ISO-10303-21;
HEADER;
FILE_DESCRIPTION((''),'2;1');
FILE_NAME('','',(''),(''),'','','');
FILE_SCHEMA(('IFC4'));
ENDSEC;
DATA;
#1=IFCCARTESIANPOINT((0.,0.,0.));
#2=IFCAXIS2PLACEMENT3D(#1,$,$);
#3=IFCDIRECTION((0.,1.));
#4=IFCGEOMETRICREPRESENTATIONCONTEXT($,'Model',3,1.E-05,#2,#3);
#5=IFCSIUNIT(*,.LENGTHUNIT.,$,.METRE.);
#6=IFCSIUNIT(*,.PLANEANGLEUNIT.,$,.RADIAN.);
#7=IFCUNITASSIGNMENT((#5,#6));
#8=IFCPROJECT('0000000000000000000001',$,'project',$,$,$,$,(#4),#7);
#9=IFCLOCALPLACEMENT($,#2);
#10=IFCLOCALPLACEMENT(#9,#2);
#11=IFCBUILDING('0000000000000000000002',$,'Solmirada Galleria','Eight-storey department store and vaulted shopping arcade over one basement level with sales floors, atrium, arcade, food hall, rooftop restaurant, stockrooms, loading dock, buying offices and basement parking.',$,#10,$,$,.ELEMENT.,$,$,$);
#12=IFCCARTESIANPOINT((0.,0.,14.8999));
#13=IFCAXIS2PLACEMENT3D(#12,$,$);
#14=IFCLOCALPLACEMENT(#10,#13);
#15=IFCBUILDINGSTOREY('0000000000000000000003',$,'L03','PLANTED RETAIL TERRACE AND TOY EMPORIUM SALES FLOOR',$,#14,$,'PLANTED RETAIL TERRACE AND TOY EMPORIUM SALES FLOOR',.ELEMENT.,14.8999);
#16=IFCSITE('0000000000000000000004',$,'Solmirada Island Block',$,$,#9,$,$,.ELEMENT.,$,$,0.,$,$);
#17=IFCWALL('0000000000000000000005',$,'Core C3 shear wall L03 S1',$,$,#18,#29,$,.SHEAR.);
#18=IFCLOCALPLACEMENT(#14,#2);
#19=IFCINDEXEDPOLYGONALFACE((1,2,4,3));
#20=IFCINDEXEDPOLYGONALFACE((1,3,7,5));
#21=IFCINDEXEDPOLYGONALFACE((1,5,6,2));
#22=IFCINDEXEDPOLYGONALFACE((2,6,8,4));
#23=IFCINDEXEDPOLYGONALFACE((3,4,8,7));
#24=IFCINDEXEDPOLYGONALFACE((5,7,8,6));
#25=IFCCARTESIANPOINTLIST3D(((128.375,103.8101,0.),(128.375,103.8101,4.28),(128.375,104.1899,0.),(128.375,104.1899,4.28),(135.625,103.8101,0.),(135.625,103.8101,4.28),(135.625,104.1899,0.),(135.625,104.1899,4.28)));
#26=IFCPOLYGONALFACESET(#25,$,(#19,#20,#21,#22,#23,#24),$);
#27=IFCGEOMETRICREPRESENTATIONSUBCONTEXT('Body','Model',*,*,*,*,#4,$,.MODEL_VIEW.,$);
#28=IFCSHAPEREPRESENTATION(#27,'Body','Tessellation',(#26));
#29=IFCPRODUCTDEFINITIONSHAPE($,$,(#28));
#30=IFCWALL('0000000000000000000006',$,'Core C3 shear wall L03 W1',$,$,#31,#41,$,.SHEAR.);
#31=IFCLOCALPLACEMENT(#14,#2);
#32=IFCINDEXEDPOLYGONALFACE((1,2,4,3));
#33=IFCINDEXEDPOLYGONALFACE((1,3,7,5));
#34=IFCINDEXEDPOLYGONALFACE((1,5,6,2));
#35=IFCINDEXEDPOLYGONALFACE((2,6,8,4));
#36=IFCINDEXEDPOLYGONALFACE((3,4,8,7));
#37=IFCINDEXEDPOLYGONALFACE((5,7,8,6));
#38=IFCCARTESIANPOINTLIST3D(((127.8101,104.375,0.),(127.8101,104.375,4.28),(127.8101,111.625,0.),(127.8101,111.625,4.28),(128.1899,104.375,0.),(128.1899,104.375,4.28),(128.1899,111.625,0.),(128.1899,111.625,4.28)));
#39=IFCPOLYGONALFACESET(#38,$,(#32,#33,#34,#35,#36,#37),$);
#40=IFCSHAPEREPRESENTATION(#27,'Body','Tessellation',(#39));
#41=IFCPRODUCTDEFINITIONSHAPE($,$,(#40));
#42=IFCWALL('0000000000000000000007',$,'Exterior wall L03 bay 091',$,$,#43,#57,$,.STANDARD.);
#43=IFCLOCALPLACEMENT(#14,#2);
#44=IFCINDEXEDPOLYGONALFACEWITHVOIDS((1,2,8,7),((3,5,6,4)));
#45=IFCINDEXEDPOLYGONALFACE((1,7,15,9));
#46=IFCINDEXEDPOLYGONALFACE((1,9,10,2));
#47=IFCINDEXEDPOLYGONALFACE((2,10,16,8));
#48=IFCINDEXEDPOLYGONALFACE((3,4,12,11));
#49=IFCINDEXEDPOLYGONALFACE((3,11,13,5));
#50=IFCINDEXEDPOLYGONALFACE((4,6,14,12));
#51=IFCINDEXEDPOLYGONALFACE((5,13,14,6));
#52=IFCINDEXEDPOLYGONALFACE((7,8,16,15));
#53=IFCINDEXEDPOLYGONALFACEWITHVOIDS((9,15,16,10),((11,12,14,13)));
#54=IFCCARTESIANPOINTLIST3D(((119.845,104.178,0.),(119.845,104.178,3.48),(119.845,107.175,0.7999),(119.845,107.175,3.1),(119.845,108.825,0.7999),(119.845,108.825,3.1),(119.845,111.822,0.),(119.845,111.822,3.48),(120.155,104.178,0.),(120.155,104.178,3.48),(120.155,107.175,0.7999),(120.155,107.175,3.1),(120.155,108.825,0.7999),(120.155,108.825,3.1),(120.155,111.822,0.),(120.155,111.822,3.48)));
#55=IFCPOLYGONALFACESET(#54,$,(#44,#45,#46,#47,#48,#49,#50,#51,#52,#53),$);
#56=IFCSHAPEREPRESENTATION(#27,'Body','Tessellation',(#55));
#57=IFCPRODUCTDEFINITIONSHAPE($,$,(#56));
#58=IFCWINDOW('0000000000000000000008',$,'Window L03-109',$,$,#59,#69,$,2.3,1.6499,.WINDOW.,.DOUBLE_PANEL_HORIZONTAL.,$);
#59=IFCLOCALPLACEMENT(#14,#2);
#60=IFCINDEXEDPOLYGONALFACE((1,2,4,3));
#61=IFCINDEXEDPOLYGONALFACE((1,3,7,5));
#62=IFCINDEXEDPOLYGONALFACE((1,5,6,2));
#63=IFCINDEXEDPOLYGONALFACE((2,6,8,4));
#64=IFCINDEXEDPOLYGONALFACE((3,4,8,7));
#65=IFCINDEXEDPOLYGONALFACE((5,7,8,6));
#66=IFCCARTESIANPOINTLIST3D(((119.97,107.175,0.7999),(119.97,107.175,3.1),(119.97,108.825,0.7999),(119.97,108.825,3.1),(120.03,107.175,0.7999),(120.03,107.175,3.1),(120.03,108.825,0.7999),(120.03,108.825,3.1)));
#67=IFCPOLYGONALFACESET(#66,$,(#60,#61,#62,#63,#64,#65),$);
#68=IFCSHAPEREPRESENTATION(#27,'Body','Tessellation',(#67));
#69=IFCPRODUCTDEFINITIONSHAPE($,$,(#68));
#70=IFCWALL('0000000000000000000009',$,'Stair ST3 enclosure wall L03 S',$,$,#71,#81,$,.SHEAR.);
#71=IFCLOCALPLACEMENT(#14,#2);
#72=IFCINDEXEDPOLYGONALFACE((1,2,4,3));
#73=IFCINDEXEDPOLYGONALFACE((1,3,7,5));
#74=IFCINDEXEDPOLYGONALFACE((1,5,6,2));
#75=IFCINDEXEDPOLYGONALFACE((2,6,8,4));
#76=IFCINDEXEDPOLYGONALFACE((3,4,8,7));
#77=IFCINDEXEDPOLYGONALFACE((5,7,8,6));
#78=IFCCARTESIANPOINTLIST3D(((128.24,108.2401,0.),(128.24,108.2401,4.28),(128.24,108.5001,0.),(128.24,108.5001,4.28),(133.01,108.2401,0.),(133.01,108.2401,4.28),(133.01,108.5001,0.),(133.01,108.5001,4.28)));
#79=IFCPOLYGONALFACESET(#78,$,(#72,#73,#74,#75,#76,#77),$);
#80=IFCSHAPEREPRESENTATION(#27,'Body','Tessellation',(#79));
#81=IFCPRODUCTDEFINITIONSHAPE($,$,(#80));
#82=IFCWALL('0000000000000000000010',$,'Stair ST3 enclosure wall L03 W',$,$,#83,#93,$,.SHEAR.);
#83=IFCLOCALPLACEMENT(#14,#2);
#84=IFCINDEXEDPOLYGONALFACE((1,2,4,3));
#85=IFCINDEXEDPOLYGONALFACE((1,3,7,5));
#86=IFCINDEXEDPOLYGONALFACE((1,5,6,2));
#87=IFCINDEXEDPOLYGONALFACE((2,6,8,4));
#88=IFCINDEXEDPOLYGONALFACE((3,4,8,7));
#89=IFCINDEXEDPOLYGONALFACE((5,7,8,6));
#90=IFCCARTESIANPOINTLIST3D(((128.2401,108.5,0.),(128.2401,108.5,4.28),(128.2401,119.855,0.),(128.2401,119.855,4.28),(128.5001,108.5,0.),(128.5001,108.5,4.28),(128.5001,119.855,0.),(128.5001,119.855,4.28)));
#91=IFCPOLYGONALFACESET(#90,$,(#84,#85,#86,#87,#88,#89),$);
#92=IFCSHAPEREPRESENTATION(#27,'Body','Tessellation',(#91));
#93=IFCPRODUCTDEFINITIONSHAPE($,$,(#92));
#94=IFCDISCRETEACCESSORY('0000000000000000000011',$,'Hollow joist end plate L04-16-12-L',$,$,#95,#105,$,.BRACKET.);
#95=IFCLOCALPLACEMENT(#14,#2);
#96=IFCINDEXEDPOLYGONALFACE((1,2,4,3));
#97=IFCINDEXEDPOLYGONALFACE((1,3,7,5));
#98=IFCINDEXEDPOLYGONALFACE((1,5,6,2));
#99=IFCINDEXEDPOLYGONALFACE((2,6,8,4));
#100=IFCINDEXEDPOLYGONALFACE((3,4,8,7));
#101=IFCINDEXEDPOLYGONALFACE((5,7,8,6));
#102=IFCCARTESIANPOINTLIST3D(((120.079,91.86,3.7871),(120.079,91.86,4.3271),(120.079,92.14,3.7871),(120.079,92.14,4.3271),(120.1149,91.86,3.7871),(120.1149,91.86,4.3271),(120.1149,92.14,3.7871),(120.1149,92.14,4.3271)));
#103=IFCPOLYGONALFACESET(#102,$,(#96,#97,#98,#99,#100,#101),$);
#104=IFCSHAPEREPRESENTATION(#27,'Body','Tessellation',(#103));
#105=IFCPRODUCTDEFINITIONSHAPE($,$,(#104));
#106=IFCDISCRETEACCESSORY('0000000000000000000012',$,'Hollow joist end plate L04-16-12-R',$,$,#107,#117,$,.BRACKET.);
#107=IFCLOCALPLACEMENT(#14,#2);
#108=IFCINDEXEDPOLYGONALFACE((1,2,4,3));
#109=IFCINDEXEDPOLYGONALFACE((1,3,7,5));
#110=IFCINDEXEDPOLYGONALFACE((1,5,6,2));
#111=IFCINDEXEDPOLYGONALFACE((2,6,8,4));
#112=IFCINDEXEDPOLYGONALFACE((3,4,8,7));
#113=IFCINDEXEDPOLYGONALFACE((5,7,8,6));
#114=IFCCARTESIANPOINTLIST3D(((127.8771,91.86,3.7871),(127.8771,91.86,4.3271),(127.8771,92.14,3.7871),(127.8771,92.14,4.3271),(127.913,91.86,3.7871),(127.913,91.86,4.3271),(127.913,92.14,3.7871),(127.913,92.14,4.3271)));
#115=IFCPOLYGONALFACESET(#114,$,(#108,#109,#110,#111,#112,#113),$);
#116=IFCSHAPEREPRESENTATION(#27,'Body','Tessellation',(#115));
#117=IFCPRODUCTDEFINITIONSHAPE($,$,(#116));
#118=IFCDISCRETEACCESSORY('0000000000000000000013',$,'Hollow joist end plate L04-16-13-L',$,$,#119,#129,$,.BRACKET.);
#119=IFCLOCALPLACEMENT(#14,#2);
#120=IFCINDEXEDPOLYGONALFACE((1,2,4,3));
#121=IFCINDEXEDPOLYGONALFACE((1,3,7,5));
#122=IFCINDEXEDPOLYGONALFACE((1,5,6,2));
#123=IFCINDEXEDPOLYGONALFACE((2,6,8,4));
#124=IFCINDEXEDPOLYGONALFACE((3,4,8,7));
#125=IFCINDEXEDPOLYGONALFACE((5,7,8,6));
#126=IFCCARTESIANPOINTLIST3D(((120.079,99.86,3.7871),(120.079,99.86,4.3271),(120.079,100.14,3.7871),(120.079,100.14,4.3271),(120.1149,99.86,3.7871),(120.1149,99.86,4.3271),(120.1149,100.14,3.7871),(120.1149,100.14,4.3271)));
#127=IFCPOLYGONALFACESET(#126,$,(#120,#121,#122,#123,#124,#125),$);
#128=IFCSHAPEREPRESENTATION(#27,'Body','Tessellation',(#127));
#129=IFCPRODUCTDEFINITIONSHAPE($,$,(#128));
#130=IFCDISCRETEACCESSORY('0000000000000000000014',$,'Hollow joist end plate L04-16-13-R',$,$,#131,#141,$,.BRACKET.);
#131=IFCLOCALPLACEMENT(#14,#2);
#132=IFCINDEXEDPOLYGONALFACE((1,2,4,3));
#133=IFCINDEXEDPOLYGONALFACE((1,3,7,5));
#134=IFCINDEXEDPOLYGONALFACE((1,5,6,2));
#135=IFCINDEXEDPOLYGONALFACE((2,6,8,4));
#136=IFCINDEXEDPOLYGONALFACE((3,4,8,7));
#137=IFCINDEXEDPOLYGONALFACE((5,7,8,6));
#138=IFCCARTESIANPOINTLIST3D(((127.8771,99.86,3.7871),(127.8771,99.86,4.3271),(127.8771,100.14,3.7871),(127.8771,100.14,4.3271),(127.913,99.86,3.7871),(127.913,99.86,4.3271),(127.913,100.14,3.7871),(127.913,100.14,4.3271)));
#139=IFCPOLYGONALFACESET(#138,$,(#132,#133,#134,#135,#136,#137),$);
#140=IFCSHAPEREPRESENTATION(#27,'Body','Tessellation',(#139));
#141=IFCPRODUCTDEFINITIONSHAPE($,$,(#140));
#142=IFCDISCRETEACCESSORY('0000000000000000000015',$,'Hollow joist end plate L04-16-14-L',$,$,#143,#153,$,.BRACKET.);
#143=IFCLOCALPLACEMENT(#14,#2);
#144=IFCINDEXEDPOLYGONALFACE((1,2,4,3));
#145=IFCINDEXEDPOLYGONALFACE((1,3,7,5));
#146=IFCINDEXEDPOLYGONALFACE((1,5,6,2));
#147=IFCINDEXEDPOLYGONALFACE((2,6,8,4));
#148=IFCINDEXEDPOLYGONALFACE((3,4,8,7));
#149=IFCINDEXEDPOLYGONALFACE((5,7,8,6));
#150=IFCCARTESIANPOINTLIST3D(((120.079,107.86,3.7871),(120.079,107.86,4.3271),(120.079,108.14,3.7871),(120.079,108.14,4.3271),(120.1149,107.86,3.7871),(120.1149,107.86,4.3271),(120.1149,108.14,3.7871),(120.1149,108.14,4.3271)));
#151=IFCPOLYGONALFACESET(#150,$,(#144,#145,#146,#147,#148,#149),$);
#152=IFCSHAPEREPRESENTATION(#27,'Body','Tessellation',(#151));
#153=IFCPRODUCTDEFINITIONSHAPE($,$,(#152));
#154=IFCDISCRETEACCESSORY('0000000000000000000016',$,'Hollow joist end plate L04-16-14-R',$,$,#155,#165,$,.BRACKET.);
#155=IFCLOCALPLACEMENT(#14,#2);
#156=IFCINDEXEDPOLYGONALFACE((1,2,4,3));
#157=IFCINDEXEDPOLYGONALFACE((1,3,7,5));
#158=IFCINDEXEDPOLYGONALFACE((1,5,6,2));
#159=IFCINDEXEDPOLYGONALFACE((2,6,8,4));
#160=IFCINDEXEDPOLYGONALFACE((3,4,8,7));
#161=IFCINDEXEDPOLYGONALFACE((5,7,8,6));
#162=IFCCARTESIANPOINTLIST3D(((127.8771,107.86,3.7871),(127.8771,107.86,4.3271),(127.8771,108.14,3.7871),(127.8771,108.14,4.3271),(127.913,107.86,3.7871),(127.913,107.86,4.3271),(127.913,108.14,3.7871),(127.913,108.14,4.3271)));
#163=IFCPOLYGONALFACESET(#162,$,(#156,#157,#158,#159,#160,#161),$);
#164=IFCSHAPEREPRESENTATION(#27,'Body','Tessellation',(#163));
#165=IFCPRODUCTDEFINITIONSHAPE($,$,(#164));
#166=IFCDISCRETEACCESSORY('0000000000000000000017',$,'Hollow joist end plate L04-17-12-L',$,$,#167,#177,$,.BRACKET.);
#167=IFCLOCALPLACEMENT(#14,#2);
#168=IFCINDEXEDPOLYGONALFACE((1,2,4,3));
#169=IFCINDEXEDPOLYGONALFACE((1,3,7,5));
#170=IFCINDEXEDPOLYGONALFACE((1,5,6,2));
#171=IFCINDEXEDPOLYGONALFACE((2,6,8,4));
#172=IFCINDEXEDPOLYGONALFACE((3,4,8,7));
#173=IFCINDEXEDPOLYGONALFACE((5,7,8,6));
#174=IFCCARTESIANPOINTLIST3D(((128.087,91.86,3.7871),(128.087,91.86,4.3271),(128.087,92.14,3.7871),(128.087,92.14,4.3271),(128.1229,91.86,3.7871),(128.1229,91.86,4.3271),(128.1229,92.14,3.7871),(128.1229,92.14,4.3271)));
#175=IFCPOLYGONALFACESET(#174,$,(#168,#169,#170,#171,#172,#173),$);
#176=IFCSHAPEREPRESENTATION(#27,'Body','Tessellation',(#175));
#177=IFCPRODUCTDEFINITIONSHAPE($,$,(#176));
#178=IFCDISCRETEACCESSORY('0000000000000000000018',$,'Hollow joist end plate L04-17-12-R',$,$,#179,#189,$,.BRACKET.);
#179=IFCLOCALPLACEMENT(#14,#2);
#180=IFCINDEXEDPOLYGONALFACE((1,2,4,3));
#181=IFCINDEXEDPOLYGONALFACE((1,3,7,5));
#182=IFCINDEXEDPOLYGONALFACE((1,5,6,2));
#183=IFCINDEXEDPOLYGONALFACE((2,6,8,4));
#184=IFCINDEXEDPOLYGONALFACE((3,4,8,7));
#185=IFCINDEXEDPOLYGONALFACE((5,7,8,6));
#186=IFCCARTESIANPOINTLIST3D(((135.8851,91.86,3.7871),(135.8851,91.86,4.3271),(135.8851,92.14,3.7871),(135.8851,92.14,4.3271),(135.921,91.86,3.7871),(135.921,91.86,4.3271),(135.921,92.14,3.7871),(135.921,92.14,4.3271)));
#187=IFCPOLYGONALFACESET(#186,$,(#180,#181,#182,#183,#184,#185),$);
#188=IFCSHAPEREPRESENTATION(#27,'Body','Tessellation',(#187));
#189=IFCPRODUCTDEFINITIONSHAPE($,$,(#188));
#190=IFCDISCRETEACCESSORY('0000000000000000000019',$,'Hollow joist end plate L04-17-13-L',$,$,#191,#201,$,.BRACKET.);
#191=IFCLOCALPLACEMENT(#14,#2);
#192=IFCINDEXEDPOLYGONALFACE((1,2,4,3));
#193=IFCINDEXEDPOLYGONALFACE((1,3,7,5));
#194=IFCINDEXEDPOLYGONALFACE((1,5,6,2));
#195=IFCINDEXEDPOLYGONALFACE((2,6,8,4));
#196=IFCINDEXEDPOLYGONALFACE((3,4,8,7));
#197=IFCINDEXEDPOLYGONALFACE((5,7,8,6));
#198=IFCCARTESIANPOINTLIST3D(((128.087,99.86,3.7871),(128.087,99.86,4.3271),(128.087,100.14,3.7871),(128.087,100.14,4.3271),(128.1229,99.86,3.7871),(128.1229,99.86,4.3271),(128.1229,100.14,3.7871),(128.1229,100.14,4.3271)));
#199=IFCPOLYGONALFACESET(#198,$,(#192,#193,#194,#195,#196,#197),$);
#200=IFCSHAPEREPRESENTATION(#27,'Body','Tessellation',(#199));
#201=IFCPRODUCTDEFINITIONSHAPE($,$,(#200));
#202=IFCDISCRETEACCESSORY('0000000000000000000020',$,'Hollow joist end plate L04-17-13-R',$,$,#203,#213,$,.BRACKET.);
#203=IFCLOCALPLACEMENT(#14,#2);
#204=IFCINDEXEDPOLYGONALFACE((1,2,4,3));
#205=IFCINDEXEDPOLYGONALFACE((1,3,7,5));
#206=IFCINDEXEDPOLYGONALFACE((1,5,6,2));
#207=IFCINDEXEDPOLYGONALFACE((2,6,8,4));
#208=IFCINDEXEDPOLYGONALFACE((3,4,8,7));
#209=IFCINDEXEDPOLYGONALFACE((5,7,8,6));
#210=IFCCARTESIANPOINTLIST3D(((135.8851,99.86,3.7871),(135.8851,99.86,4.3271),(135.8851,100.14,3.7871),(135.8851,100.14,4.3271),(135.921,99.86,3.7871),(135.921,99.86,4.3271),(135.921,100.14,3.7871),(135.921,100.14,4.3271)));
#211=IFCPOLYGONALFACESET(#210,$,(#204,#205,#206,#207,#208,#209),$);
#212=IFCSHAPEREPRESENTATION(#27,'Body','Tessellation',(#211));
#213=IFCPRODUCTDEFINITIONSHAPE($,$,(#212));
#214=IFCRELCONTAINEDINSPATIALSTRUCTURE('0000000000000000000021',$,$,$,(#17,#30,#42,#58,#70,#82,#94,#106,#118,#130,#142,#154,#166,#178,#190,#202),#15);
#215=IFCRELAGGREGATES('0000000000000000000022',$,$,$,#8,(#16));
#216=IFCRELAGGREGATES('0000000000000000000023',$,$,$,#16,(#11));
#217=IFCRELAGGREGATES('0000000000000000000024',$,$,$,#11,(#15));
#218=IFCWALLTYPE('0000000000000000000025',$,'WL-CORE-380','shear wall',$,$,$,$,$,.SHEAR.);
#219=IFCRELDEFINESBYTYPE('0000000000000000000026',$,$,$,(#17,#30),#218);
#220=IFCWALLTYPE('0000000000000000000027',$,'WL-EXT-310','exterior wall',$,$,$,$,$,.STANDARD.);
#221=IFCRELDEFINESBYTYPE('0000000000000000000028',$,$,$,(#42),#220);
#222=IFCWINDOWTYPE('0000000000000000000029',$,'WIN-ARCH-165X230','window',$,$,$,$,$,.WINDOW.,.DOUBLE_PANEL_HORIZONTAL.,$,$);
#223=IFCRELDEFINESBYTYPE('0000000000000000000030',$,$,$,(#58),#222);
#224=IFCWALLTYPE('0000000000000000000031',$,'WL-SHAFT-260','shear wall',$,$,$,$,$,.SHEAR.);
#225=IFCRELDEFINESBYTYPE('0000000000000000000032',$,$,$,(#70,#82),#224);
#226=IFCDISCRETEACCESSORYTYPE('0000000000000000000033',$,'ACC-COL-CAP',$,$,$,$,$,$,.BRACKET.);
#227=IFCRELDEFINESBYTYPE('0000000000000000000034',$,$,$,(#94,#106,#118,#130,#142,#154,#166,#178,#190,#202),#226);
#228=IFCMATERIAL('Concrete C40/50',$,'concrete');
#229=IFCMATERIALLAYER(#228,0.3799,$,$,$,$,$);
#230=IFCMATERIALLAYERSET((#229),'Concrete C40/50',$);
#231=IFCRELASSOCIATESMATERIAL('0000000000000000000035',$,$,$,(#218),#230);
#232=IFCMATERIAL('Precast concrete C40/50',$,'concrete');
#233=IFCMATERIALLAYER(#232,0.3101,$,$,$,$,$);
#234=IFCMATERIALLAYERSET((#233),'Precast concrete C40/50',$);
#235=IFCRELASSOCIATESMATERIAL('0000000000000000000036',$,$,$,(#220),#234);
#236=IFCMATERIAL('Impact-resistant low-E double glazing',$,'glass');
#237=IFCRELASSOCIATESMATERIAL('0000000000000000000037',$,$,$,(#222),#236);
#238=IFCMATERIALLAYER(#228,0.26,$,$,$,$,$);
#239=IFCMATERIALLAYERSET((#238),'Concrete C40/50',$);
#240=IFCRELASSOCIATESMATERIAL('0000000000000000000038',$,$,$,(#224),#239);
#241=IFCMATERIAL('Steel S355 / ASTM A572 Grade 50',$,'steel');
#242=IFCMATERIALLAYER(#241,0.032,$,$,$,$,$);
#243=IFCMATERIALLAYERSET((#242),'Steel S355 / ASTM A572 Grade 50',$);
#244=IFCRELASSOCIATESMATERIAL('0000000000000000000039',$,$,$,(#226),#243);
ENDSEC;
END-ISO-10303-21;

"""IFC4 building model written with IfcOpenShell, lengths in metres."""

from ifc_helpers import new_model, si_unit, direction, frame, frame_2d, origin, origin_2d, place, context, subcontext, project, spatial, rectangle, extrude, material, layer, layer_set, type_object, element, fill, save


model = new_model("IFC4")

# Units and contexts
model_context = context("Model", 3, precision=1e-05, world=origin(), true_north=direction((0.0, 1.0)))
body_context = subcontext(model_context, "Body", "Model", "MODEL_VIEW")
ifc_project = project(units=[si_unit("LENGTHUNIT", "METRE"), si_unit("PLANEANGLEUNIT", "RADIAN")], contexts=[model_context])

# Site, building, storey
site_placement = place(None, origin())
site = spatial("IfcSite", under=ifc_project, at=site_placement, Name="Solmirada Island Block", CompositionType="ELEMENT", RefElevation=0.0)
building_placement = place(site_placement, origin())
building = spatial("IfcBuilding", under=site, at=building_placement, Name="Solmirada Galleria", Description="Eight-storey department store and vaulted shopping arcade over one basement level with sales floors, atrium, arcade, food hall, rooftop restaurant, stockrooms, loading dock, buying offices and basement parking.", CompositionType="ELEMENT")
storey_placement = place(building_placement, frame((0.0, 0.0, 14.8999)))
storey = spatial("IfcBuildingStorey", under=building, at=storey_placement, Name="L03", Description="PLANTED RETAIL TERRACE AND TOY EMPORIUM SALES FLOOR", LongName="PLANTED RETAIL TERRACE AND TOY EMPORIUM SALES FLOOR", CompositionType="ELEMENT", Elevation=14.8999)

# Shared definitions
ifc_material_1 = material(Name="Concrete C40/50", Category="concrete")

# Walls
ifc_layer_1 = layer(ifc_material_1, 0.3799)
ifc_layer_set_1 = layer_set([ifc_layer_1], Name="Concrete C40/50")
wall_type_1 = type_object("IfcWallType", Name="WL-CORE-380", Description="shear wall", PredefinedType="SHEAR", material=ifc_layer_set_1)
for number, where, z_axis, x_axis, name in (
    (1, (128.375, 104.0, 0.0), (0.0, 0.0, 1.0), (1.0, 0.0, 0.0), "Core C3 shear wall L03 S1"),
    (2, (128.0, 104.375, 0.0), (0.0, 0.0, 1.0), (0.0, 1.0, 0.0), "Core C3 shear wall L03 W1"),
):
    element("IfcWall", number, at=place(storey_placement, frame(where, z_axis=z_axis, x_axis=x_axis)), inside=storey, type_object=wall_type_1, Name=name, PredefinedType="SHEAR", context=body_context, shape_type="SweptSolid", body=[
        extrude(rectangle(XDim=7.25, YDim=0.3799, at=frame_2d((3.625, 0.0))), origin(), (0.0, 0.0, 1.0), 4.28),
    ])

# Wall, opening, window
ifc_material_2 = material(Name="Precast concrete C40/50", Category="concrete")
ifc_layer_2 = layer(ifc_material_2, 0.3101)
ifc_layer_set_2 = layer_set([ifc_layer_2], Name="Precast concrete C40/50")
wall_type_2 = type_object("IfcWallType", Name="WL-EXT-310", Description="exterior wall", PredefinedType="STANDARD", material=ifc_layer_set_2)
wall_1_placement = place(storey_placement, frame((120.0, 104.178, 0.0), z_axis=(0.0, 0.0, 1.0), x_axis=(0.0, 1.0, 0.0)))
wall_1 = element("IfcWall", 3, at=wall_1_placement, inside=storey, type_object=wall_type_2, Name="Exterior wall L03 bay 091", PredefinedType="STANDARD", context=body_context, shape_type="SweptSolid", body=[
    extrude(rectangle(XDim=7.644, YDim=0.3101, at=frame_2d((3.822, 0.0))), origin(), (0.0, 0.0, 1.0), 3.48),
])
opening_placement = place(wall_1_placement, frame((2.9971, 0.0, 0.8)))
opening = element("IfcOpeningElement", 4, at=opening_placement, cuts=wall_1, PredefinedType="OPENING", context=body_context, shape_type="SweptSolid", body=[
    extrude(rectangle(XDim=1.6499, YDim=2.3, at=frame_2d((0.825, 1.1499))), frame((0.0, 0.165, 0.0), z_axis=(0.0, -1.0, 0.0), x_axis=(1.0, 0.0, 0.0)), (0.0, 0.0, 1.0), 0.3301),
])
ifc_material_3 = material(Name="Impact-resistant low-E double glazing", Category="glass")
window_type = type_object("IfcWindowType", Name="WIN-ARCH-165X230", Description="window", PartitioningType="DOUBLE_PANEL_HORIZONTAL", PredefinedType="WINDOW", material=ifc_material_3)
window_placement = place(opening_placement, origin())
window = element("IfcWindow", 5, at=window_placement, inside=storey, type_object=window_type, Name="Window L03-109", OverallHeight=2.3, OverallWidth=1.6499, PartitioningType="DOUBLE_PANEL_HORIZONTAL", PredefinedType="WINDOW", context=body_context, shape_type="SweptSolid", body=[
    extrude(rectangle(XDim=1.6499, YDim=2.3, at=frame_2d((0.825, 1.1499))), frame((0.0, 0.03, 0.0), z_axis=(0.0, -1.0, 0.0), x_axis=(1.0, 0.0, 0.0)), (0.0, 0.0, 1.0), 0.0601),
])
fill(opening, window)

# Walls
ifc_layer_3 = layer(ifc_material_1, 0.26)
ifc_layer_set_3 = layer_set([ifc_layer_3], Name="Concrete C40/50")
wall_type_3 = type_object("IfcWallType", Name="WL-SHAFT-260", Description="shear wall", PredefinedType="SHEAR", material=ifc_layer_set_3)
wall_2_placement = place(storey_placement, frame((128.24, 108.3701, 0.0), z_axis=(0.0, 0.0, 1.0), x_axis=(1.0, 0.0, 0.0)))
element("IfcWall", 6, at=wall_2_placement, inside=storey, type_object=wall_type_3, Name="Stair ST3 enclosure wall L03 S", PredefinedType="SHEAR", context=body_context, shape_type="SweptSolid", body=[
    extrude(rectangle(XDim=4.77, YDim=0.26, at=frame_2d((2.385, 0.0))), origin(), (0.0, 0.0, 1.0), 4.28),
])
wall_3_placement = place(storey_placement, frame((128.3701, 108.5, 0.0), z_axis=(0.0, 0.0, 1.0), x_axis=(0.0, 1.0, 0.0)))
element("IfcWall", 7, at=wall_3_placement, inside=storey, type_object=wall_type_3, Name="Stair ST3 enclosure wall L03 W", PredefinedType="SHEAR", context=body_context, shape_type="SweptSolid", body=[
    extrude(rectangle(XDim=11.355, YDim=0.26, at=frame_2d((5.6775, 0.0))), origin(), (0.0, 0.0, 1.0), 4.28),
])

# Discrete accessories
ifc_material_4 = material(Name="Steel S355 / ASTM A572 Grade 50", Category="steel")
ifc_layer_4 = layer(ifc_material_4, 0.032)
ifc_layer_set_4 = layer_set([ifc_layer_4], Name="Steel S355 / ASTM A572 Grade 50")
discrete_accessory_type = type_object("IfcDiscreteAccessoryType", Name="ACC-COL-CAP", PredefinedType="BRACKET", material=ifc_layer_set_4)
for number, where, z_axis, x_axis, name in (
    (8, (120.0969, 92.0, 3.7871), (0.0, 0.0, 1.0), (1.0, 0.0, 0.0), "Hollow joist end plate L04-16-12-L"),
    (9, (127.895, 92.0, 3.7871), (0.0, 0.0, 1.0), (1.0, 0.0, 0.0), "Hollow joist end plate L04-16-12-R"),
    (10, (120.0969, 100.0, 3.7871), (0.0, 0.0, 1.0), (1.0, 0.0, 0.0), "Hollow joist end plate L04-16-13-L"),
    (11, (127.895, 100.0, 3.7871), (0.0, 0.0, 1.0), (1.0, 0.0, 0.0), "Hollow joist end plate L04-16-13-R"),
    (12, (120.0969, 108.0, 3.7871), (0.0, 0.0, 1.0), (1.0, 0.0, 0.0), "Hollow joist end plate L04-16-14-L"),
    (13, (127.895, 108.0, 3.7871), (0.0, 0.0, 1.0), (1.0, 0.0, 0.0), "Hollow joist end plate L04-16-14-R"),
    (14, (128.105, 92.0, 3.7871), (0.0, 0.0, 1.0), (1.0, 0.0, 0.0), "Hollow joist end plate L04-17-12-L"),
    (15, (135.9031, 92.0, 3.7871), (0.0, 0.0, 1.0), (1.0, 0.0, 0.0), "Hollow joist end plate L04-17-12-R"),
    (16, (128.105, 100.0, 3.7871), (0.0, 0.0, 1.0), (1.0, 0.0, 0.0), "Hollow joist end plate L04-17-13-L"),
    (17, (135.9031, 100.0, 3.7871), (0.0, 0.0, 1.0), (1.0, 0.0, 0.0), "Hollow joist end plate L04-17-13-R"),
):
    element("IfcDiscreteAccessory", number, at=place(storey_placement, frame(where, z_axis=z_axis, x_axis=x_axis)), inside=storey, type_object=discrete_accessory_type, Name=name, PredefinedType="BRACKET", context=body_context, shape_type="SweptSolid", body=[
        extrude(rectangle(XDim=0.0359, YDim=0.28, at=origin_2d()), origin(), (0.0, 0.0, 1.0), 0.54),
    ])

save(model, "model.ifc")
